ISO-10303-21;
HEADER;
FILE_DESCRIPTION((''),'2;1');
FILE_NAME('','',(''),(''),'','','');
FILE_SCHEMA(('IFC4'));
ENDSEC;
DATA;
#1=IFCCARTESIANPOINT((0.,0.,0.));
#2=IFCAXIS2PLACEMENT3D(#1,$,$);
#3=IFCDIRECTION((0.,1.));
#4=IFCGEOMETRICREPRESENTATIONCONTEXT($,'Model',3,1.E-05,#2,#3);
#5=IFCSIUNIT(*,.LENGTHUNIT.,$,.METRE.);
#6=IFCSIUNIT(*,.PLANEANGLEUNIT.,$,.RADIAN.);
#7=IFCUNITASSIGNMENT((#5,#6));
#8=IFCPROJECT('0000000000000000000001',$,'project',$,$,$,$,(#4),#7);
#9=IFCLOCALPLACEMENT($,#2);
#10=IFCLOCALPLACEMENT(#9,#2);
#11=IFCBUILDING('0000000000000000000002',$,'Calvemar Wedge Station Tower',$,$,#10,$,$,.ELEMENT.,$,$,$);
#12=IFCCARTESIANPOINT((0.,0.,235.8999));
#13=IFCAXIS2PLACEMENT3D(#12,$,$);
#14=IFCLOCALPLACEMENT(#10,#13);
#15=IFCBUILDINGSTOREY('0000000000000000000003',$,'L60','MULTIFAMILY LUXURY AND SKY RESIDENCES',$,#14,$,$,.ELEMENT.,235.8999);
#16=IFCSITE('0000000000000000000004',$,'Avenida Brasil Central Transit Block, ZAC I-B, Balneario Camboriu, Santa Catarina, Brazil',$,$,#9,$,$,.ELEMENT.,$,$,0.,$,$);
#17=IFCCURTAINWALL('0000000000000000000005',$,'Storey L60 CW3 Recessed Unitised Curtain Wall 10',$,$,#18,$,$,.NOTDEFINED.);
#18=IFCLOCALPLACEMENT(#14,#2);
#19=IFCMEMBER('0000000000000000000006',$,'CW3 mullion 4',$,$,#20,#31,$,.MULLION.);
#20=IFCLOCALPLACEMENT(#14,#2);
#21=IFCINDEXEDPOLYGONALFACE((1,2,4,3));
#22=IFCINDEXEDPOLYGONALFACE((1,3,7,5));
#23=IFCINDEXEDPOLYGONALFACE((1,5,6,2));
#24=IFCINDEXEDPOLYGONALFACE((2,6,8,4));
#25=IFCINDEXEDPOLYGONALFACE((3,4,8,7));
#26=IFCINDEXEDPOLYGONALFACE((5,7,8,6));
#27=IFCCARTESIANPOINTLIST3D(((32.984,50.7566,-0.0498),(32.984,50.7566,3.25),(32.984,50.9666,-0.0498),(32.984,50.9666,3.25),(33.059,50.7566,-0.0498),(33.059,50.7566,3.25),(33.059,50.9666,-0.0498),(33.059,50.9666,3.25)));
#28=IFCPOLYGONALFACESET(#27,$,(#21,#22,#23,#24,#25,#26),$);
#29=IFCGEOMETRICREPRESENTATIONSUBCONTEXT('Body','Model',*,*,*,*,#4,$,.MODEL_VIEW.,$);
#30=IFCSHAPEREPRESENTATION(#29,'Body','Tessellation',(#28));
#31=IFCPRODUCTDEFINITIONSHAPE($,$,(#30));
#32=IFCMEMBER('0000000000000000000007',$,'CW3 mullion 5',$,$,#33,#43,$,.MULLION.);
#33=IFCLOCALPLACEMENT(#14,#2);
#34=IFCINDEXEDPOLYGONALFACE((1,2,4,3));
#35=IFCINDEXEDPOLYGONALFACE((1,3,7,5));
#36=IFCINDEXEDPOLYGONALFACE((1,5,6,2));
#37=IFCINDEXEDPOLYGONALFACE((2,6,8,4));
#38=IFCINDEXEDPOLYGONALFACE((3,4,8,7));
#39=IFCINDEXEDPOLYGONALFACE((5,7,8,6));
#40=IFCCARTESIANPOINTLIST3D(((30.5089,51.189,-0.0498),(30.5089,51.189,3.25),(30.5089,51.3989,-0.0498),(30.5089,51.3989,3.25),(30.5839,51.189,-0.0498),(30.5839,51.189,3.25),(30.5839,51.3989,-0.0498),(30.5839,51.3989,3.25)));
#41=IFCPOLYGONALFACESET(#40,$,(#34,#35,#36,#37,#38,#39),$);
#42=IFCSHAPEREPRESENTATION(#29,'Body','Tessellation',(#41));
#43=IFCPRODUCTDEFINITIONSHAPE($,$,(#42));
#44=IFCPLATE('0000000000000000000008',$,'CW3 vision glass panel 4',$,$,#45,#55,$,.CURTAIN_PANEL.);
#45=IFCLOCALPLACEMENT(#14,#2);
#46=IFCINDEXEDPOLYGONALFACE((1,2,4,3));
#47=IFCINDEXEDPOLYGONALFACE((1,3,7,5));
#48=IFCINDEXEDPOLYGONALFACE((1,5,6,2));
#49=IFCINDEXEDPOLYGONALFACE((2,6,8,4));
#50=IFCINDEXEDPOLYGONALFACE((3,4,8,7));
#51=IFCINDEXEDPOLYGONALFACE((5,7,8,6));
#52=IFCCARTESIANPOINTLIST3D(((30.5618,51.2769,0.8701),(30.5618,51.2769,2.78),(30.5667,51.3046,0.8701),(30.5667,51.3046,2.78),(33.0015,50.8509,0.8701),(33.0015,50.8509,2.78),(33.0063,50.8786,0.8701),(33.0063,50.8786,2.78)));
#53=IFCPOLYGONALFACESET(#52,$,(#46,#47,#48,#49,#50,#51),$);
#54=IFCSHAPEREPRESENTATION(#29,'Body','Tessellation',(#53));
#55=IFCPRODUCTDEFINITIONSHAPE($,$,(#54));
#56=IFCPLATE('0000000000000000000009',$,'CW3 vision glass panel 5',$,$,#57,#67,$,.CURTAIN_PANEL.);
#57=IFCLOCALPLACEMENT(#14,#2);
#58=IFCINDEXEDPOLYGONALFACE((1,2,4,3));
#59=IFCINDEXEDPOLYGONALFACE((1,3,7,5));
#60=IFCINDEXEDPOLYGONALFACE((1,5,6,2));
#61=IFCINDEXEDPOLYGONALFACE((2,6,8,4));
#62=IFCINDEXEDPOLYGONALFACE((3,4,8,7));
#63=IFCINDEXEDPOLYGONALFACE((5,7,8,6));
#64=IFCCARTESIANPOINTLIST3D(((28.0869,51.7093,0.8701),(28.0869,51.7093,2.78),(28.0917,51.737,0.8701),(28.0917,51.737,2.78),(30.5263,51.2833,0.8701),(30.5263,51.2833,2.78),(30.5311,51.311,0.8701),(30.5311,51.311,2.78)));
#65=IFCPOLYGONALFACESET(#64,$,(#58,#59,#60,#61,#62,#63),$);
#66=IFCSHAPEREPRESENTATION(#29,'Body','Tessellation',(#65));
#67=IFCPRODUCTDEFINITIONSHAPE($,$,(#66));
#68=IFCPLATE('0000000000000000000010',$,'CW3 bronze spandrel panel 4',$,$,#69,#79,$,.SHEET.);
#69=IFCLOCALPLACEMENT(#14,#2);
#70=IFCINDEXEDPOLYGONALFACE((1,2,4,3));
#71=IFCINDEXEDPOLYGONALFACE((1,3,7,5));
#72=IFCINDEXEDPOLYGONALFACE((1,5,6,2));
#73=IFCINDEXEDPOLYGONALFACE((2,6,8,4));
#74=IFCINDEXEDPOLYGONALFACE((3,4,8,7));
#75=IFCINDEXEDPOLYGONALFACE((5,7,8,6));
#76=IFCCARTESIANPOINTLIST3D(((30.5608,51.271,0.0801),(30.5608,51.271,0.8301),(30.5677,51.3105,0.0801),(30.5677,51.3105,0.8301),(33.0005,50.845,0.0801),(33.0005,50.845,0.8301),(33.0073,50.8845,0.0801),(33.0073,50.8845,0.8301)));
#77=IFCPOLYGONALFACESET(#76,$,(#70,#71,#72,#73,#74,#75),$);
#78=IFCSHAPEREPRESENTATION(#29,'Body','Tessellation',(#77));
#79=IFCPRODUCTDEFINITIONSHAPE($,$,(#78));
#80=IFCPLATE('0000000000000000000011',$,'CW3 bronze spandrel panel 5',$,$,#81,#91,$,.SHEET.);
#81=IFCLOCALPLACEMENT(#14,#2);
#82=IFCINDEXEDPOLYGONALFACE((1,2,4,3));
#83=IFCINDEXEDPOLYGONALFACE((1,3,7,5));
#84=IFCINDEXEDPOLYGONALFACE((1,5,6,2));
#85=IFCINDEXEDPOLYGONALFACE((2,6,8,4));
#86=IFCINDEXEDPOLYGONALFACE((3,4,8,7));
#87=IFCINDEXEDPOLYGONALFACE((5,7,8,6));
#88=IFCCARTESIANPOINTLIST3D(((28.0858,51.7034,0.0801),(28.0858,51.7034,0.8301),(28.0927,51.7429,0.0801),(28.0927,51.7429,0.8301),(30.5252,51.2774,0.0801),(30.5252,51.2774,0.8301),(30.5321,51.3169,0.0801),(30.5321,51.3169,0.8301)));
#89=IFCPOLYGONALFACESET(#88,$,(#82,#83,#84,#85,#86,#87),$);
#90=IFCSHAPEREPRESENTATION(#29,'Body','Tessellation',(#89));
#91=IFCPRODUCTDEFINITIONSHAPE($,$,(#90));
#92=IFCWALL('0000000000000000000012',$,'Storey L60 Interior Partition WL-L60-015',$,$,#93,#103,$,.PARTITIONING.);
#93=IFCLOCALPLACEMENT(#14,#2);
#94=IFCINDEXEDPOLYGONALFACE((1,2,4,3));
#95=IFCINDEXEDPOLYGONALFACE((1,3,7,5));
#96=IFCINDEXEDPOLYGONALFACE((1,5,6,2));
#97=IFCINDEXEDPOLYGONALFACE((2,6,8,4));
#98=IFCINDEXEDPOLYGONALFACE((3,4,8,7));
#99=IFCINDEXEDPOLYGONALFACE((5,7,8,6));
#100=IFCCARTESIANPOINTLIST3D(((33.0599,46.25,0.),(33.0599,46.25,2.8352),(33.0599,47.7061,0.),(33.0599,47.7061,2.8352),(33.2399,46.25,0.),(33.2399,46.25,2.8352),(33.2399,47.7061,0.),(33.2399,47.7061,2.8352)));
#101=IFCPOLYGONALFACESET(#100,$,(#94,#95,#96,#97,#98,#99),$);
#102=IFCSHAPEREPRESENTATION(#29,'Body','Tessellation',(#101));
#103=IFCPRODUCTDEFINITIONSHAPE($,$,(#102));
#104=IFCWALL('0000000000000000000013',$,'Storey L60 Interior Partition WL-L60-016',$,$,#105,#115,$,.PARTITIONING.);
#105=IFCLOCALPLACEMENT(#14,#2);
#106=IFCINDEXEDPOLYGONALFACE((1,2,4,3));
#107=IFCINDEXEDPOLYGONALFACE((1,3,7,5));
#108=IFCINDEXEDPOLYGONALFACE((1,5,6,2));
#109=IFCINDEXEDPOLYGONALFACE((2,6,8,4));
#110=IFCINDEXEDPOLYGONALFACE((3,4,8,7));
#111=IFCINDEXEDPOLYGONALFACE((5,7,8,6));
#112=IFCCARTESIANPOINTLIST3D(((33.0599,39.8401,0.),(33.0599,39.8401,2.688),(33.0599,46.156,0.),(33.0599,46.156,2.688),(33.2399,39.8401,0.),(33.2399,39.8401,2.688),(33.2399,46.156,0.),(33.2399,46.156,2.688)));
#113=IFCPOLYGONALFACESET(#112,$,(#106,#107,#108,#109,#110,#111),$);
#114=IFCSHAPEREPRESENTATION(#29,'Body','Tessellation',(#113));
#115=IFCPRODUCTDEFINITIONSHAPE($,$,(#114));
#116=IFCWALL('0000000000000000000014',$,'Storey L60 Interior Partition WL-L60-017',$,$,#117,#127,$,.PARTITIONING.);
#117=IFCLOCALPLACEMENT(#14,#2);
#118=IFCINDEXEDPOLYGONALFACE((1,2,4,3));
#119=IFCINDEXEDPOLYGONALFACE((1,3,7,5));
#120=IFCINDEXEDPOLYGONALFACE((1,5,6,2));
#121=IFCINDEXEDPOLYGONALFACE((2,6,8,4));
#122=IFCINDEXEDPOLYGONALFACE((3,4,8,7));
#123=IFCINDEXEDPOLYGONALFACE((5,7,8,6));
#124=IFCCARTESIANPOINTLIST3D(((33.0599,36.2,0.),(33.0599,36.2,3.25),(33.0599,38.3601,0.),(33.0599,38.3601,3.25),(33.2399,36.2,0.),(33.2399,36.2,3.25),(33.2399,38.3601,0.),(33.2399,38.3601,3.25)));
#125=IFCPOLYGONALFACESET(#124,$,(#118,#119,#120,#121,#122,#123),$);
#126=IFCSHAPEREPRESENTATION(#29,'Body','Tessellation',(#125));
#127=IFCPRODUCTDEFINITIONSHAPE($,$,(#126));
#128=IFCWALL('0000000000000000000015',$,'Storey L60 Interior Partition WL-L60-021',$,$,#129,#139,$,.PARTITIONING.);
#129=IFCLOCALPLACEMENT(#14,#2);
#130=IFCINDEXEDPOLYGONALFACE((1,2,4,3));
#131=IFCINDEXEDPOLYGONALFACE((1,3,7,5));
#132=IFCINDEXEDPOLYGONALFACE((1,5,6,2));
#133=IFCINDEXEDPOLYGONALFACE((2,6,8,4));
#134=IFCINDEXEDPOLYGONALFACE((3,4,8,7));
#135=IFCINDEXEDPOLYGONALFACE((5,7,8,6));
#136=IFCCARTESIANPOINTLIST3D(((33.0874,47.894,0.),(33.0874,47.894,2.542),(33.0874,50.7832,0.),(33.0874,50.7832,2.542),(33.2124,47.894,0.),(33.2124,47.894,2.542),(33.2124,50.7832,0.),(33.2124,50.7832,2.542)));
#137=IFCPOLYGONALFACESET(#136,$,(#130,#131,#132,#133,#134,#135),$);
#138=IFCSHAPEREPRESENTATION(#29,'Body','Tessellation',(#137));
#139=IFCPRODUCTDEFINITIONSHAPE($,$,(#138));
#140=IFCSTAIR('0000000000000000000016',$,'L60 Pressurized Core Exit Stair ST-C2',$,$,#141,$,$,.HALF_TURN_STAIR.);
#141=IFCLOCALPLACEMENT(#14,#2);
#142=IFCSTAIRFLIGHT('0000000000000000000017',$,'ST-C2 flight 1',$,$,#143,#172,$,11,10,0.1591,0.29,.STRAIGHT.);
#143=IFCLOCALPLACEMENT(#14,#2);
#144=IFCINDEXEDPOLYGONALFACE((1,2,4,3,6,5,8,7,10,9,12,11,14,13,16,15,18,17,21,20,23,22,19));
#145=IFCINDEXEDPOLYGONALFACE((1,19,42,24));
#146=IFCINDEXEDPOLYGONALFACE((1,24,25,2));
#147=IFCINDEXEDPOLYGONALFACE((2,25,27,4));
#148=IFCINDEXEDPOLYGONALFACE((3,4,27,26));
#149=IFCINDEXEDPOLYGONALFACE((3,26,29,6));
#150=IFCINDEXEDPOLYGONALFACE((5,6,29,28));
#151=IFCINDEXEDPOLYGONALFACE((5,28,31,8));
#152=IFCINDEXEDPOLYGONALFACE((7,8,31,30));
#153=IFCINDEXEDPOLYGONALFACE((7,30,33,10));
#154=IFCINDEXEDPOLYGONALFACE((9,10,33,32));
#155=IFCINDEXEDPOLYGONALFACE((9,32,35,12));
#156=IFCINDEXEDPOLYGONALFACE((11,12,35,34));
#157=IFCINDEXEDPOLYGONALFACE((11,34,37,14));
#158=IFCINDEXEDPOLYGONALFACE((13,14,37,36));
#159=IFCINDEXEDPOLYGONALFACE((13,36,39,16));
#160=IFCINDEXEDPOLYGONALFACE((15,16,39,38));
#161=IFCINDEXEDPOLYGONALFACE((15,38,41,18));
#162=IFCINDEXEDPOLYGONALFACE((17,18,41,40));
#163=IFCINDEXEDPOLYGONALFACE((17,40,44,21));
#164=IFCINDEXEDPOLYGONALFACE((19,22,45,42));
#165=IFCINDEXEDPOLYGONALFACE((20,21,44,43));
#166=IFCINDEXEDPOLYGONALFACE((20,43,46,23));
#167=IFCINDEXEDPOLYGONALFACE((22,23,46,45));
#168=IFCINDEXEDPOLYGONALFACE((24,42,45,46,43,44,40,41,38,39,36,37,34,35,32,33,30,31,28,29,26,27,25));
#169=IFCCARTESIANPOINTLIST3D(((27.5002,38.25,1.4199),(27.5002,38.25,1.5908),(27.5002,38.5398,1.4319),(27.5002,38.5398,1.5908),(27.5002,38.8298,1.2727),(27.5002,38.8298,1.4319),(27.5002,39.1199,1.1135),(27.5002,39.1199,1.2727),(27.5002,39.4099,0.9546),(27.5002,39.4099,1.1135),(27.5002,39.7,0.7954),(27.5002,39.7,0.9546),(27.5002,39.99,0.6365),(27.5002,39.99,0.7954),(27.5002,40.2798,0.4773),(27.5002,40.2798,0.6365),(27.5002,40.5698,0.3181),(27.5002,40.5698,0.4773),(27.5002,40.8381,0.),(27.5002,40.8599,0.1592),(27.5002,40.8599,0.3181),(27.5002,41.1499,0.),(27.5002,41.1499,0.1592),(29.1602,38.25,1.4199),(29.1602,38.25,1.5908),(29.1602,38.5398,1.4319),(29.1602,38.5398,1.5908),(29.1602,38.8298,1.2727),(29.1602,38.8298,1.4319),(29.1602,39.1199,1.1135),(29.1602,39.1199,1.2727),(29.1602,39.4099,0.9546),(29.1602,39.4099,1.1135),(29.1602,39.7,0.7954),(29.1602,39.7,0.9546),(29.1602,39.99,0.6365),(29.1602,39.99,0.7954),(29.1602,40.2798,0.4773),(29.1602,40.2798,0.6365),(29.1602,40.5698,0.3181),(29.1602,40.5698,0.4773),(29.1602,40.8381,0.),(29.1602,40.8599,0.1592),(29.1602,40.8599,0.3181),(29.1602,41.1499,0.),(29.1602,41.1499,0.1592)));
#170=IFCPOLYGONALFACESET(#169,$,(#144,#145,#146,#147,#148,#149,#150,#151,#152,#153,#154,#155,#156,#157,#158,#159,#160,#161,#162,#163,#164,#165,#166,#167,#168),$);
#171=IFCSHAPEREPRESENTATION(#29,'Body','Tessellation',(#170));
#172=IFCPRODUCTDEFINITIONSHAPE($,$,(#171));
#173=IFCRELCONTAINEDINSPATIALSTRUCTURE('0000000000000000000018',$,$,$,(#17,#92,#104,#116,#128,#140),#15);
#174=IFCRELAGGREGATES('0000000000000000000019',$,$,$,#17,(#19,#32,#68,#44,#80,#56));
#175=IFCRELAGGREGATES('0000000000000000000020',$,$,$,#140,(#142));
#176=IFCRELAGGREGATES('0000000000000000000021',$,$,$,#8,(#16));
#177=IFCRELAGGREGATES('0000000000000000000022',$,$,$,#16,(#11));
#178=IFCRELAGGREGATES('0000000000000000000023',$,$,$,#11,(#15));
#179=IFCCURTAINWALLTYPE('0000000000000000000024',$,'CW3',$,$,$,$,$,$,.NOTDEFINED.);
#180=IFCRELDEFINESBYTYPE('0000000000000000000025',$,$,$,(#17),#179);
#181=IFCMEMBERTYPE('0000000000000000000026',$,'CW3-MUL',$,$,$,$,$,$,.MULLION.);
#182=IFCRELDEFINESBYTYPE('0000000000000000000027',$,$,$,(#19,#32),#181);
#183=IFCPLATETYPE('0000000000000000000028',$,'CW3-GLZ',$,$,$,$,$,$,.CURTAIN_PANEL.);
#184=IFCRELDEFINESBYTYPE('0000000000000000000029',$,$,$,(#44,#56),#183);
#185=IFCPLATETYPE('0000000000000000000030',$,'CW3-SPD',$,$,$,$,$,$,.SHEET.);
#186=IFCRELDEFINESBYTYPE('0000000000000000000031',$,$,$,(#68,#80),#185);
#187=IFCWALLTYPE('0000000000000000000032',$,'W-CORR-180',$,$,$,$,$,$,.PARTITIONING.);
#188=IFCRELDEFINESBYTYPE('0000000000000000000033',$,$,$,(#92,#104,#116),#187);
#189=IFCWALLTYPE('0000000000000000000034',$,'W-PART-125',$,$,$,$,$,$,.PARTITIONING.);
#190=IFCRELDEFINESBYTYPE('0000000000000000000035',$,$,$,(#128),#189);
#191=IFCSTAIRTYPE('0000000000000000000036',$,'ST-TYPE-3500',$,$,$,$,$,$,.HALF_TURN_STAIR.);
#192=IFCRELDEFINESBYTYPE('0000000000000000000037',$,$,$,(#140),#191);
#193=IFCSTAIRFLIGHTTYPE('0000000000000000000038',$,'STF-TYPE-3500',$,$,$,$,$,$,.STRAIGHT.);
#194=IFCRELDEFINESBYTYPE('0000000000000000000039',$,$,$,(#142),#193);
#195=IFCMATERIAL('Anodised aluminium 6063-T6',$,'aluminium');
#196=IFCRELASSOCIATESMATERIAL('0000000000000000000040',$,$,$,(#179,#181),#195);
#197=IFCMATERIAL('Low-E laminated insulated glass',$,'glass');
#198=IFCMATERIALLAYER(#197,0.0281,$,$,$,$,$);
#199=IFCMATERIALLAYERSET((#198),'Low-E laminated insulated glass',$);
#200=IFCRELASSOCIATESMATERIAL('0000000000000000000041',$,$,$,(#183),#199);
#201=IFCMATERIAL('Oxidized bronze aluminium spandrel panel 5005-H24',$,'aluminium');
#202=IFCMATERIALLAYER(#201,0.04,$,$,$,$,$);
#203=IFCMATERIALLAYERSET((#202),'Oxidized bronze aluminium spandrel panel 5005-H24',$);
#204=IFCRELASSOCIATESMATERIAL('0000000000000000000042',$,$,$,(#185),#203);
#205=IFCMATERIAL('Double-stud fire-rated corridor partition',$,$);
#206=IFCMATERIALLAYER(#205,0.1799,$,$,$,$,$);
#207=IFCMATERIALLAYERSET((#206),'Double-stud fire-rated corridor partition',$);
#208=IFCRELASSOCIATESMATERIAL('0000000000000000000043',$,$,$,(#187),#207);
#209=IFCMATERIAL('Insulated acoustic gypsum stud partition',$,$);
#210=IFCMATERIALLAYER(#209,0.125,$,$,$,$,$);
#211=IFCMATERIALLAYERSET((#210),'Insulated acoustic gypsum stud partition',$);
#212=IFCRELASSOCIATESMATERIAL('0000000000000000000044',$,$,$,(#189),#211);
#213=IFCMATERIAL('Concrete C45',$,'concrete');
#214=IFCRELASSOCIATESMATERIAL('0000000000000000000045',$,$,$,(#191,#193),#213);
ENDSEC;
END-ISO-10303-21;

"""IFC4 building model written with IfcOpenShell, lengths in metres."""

from ifc_helpers import new_model, si_unit, direction, frame, frame_2d, origin, origin_2d, place, context, subcontext, project, spatial, polyline, rectangle, outline, extrude, source, transform, mapped, material, layer, layer_set, material_profile, profile_set, type_object, element, aggregate, save


model = new_model("IFC4")

# Units and contexts
model_context = context("Model", 3, precision=1e-05, world=origin(), true_north=direction((0.0, 1.0)))
body_context = subcontext(model_context, "Body", "Model", "MODEL_VIEW")
ifc_project = project(units=[si_unit("LENGTHUNIT", "METRE"), si_unit("PLANEANGLEUNIT", "RADIAN")], contexts=[model_context])

# Site, building, storey
site_placement = place(None, origin())
site = spatial("IfcSite", under=ifc_project, at=site_placement, Name="Avenida Brasil Central Transit Block, ZAC I-B, Balneario Camboriu, Santa Catarina, Brazil", CompositionType="ELEMENT", RefElevation=0.0)
building_placement = place(site_placement, origin())
building = spatial("IfcBuilding", under=site, at=building_placement, Name="Calvemar Wedge Station Tower", CompositionType="ELEMENT")
storey_placement = place(building_placement, frame((0.0, 0.0, 235.8999)))
storey = spatial("IfcBuildingStorey", under=building, at=storey_placement, Name="L60", Description="MULTIFAMILY LUXURY AND SKY RESIDENCES", CompositionType="ELEMENT", Elevation=235.8999)

# Curtain wall, members, plates
ifc_material_1 = material(Name="Anodised aluminium 6063-T6", Category="aluminium")
curtain_wall_type = type_object("IfcCurtainWallType", Name="CW3", PredefinedType="NOTDEFINED", material=ifc_material_1)
curtain_wall_placement = place(storey_placement, origin())
curtain_wall = element("IfcCurtainWall", 1, at=curtain_wall_placement, inside=storey, type_object=curtain_wall_type, Name="Storey L60 CW3 Recessed Unitised Curtain Wall 10", PredefinedType="NOTDEFINED")
ifc_material_profile_1 = material_profile(ifc_material_1, rectangle(XDim=0.075, YDim=0.21, at=origin_2d()), Name="AL-MUL-75x210")
ifc_profile_set_1 = profile_set([ifc_material_profile_1], Name="Anodised aluminium 6063-T6")
member_type = type_object("IfcMemberType", Name="CW3-MUL", PredefinedType="MULLION", material=ifc_profile_set_1)
shared_shape_1 = source(origin(), body_context, "Body", "SweptSolid", [
    extrude(rectangle(XDim=0.075, YDim=0.21, at=origin_2d()), origin(), (0.0, 0.0, 1.0), 3.2998),
])
member_1_placement = place(storey_placement, frame((33.0215, 50.8616, -0.0498), z_axis=(0.0, 0.0, 1.0), x_axis=(1.0, 0.0, 0.0)))
member_1 = element("IfcMember", 2, at=member_1_placement, type_object=member_type, Name="CW3 mullion 4", PredefinedType="MULLION", context=body_context, shape_type="MappedRepresentation", body=[
    mapped(shared_shape_1, transform((0.0, 0.0, 0.0), scale=1.0)),
])
member_2_placement = place(storey_placement, frame((30.5464, 51.2939, -0.0498), z_axis=(0.0, 0.0, 1.0), x_axis=(1.0, 0.0, 0.0)))
member_2 = element("IfcMember", 3, at=member_2_placement, type_object=member_type, Name="CW3 mullion 5", PredefinedType="MULLION", context=body_context, shape_type="MappedRepresentation", body=[
    mapped(shared_shape_1, transform((0.0, 0.0, 0.0), scale=1.0)),
])
ifc_material_2 = material(Name="Low-E laminated insulated glass", Category="glass")
ifc_layer_1 = layer(ifc_material_2, 0.0281)
ifc_layer_set_1 = layer_set([ifc_layer_1], Name="Low-E laminated insulated glass")
plate_type_1 = type_object("IfcPlateType", Name="CW3-GLZ", PredefinedType="CURTAIN_PANEL", material=ifc_layer_set_1)
plate_1_placement = place(storey_placement, frame((33.0039, 50.8647, 0.8701), z_axis=(0.0, 0.0, 1.0), x_axis=(-0.985094, 0.172019, 0.0)))
plate_1 = element("IfcPlate", 4, at=plate_1_placement, type_object=plate_type_1, Name="CW3 vision glass panel 4", PredefinedType="CURTAIN_PANEL", context=body_context, shape_type="SweptSolid", body=[
    extrude(rectangle(XDim=2.4766, YDim=0.0281, at=frame_2d((1.2383, 0.0))), origin(), (0.0, 0.0, 1.0), 1.9099),
])
plate_2_placement = place(storey_placement, frame((30.5288, 51.2971, 0.8701), z_axis=(0.0, 0.0, 1.0), x_axis=(-0.985091, 0.172036, 0.0)))
plate_2 = element("IfcPlate", 5, at=plate_2_placement, type_object=plate_type_1, Name="CW3 vision glass panel 5", PredefinedType="CURTAIN_PANEL", context=body_context, shape_type="SweptSolid", body=[
    extrude(rectangle(XDim=2.4763, YDim=0.0281, at=frame_2d((1.2383, 0.0))), origin(), (0.0, 0.0, 1.0), 1.9099),
])
ifc_material_3 = material(Name="Oxidized bronze aluminium spandrel panel 5005-H24", Category="aluminium")
ifc_layer_2 = layer(ifc_material_3, 0.04)
ifc_layer_set_2 = layer_set([ifc_layer_2], Name="Oxidized bronze aluminium spandrel panel 5005-H24")
plate_type_2 = type_object("IfcPlateType", Name="CW3-SPD", PredefinedType="SHEET", material=ifc_layer_set_2)
plate_3_placement = place(storey_placement, frame((33.0039, 50.8647, 0.0801), z_axis=(0.0, 0.0, 1.0), x_axis=(-0.985094, 0.172019, 0.0)))
plate_3 = element("IfcPlate", 6, at=plate_3_placement, type_object=plate_type_2, Name="CW3 bronze spandrel panel 4", PredefinedType="SHEET", context=body_context, shape_type="SweptSolid", body=[
    extrude(rectangle(XDim=2.4766, YDim=0.04, at=frame_2d((1.2383, 0.0))), origin(), (0.0, 0.0, 1.0), 0.75),
])
plate_4_placement = place(storey_placement, frame((30.5288, 51.2971, 0.0801), z_axis=(0.0, 0.0, 1.0), x_axis=(-0.985091, 0.172036, 0.0)))
plate_4 = element("IfcPlate", 7, at=plate_4_placement, type_object=plate_type_2, Name="CW3 bronze spandrel panel 5", PredefinedType="SHEET", context=body_context, shape_type="SweptSolid", body=[
    extrude(rectangle(XDim=2.4763, YDim=0.04, at=frame_2d((1.2383, 0.0))), origin(), (0.0, 0.0, 1.0), 0.75),
])
aggregate(curtain_wall, [member_1, member_2, plate_3, plate_1, plate_4, plate_2])

# Shared definitions
ifc_material_4 = material(Name="Double-stud fire-rated corridor partition")
ifc_layer_3 = layer(ifc_material_4, 0.1799)
ifc_layer_set_3 = layer_set([ifc_layer_3], Name="Double-stud fire-rated corridor partition")
wall_type_1 = type_object("IfcWallType", Name="W-CORR-180", PredefinedType="PARTITIONING", material=ifc_layer_set_3)

# Walls
wall_1_placement = place(storey_placement, frame((33.1499, 47.7061, 0.0), z_axis=(0.0, 0.0, 1.0), x_axis=(0.0, -1.0, 0.0)))
element("IfcWall", 8, at=wall_1_placement, inside=storey, type_object=wall_type_1, Name="Storey L60 Interior Partition WL-L60-015", PredefinedType="PARTITIONING", context=body_context, shape_type="SweptSolid", body=[
    extrude(rectangle(XDim=1.4561, YDim=0.1799, at=frame_2d((0.728, 0.0))), origin(), (0.0, 0.0, 1.0), 2.8352),
])
wall_2_placement = place(storey_placement, frame((33.1499, 46.156, 0.0), z_axis=(0.0, 0.0, 1.0), x_axis=(0.0, -1.0, 0.0)))
element("IfcWall", 9, at=wall_2_placement, inside=storey, type_object=wall_type_1, Name="Storey L60 Interior Partition WL-L60-016", PredefinedType="PARTITIONING", context=body_context, shape_type="SweptSolid", body=[
    extrude(rectangle(XDim=6.3159, YDim=0.1799, at=frame_2d((3.158, 0.0))), origin(), (0.0, 0.0, 1.0), 2.688),
])
wall_3_placement = place(storey_placement, frame((33.1499, 38.3601, 0.0), z_axis=(0.0, 0.0, 1.0), x_axis=(0.0, -1.0, 0.0)))
element("IfcWall", 10, at=wall_3_placement, inside=storey, type_object=wall_type_1, Name="Storey L60 Interior Partition WL-L60-017", PredefinedType="PARTITIONING", context=body_context, shape_type="SweptSolid", body=[
    extrude(rectangle(XDim=2.1602, YDim=0.1799, at=frame_2d((1.0801, 0.0))), origin(), (0.0, 0.0, 1.0), 3.25),
])
ifc_material_5 = material(Name="Insulated acoustic gypsum stud partition")
ifc_layer_4 = layer(ifc_material_5, 0.125)
ifc_layer_set_4 = layer_set([ifc_layer_4], Name="Insulated acoustic gypsum stud partition")
wall_type_2 = type_object("IfcWallType", Name="W-PART-125", PredefinedType="PARTITIONING", material=ifc_layer_set_4)
wall_4_placement = place(storey_placement, frame((33.1499, 50.7832, 0.0), z_axis=(0.0, 0.0, 1.0), x_axis=(0.0, -1.0, 0.0)))
element("IfcWall", 11, at=wall_4_placement, inside=storey, type_object=wall_type_2, Name="Storey L60 Interior Partition WL-L60-021", PredefinedType="PARTITIONING", context=body_context, shape_type="SweptSolid", body=[
    extrude(rectangle(XDim=2.8892, YDim=0.125, at=frame_2d((1.4446, 0.0))), origin(), (0.0, 0.0, 1.0), 2.542),
])

# Stair, stair flight
ifc_material_6 = material(Name="Concrete C45", Category="concrete")
stair_type = type_object("IfcStairType", Name="ST-TYPE-3500", PredefinedType="HALF_TURN_STAIR", material=ifc_material_6)
stair_placement = place(storey_placement, origin())
stair = element("IfcStair", 12, at=stair_placement, inside=storey, type_object=stair_type, Name="L60 Pressurized Core Exit Stair ST-C2", PredefinedType="HALF_TURN_STAIR")
stair_flight_type = type_object("IfcStairFlightType", Name="STF-TYPE-3500", PredefinedType="STRAIGHT", material=ifc_material_6)
stair_flight_1_placement = place(storey_placement, frame((28.3301, 41.1499, 0.0), z_axis=(0.0, 0.0, 1.0), x_axis=(0.0, -1.0, 0.0)))
stair_flight_1 = element("IfcStairFlight", 13, at=stair_flight_1_placement, type_object=stair_flight_type, Name="ST-C2 flight 1", NumberOfRisers=11, NumberOfTreads=10, PredefinedType="STRAIGHT", RiserHeight=0.1591, TreadLength=0.29, context=body_context, shape_type="SweptSolid", body=[
    extrude(outline(polyline([(0.0, 0.0), (0.0, 0.1592), (0.29, 0.1592), (0.29, 0.3181), (0.5801, 0.3181), (0.5801, 0.4773), (0.8701, 0.4773), (0.8701, 0.6365), (1.1599, 0.6365), (1.1599, 0.7954), (1.45, 0.7954), (1.45, 0.9546), (1.74, 0.9546), (1.74, 1.1135), (2.03, 1.1135), (2.03, 1.2727), (2.3201, 1.2727), (2.3201, 1.4319), (2.6101, 1.4319), (2.6101, 1.5908), (2.8999, 1.5908), (2.8999, 1.75), (2.8999, 1.4199), (0.3118, 0.0), (0.0, 0.0)])), frame((0.0, 0.8301, 0.0), z_axis=(0.0, -1.0, 0.0), x_axis=(1.0, 0.0, 0.0)), (0.0, 0.0, 1.0), 1.6599),
])
aggregate(stair, [stair_flight_1])

save(model, "model.ifc")
